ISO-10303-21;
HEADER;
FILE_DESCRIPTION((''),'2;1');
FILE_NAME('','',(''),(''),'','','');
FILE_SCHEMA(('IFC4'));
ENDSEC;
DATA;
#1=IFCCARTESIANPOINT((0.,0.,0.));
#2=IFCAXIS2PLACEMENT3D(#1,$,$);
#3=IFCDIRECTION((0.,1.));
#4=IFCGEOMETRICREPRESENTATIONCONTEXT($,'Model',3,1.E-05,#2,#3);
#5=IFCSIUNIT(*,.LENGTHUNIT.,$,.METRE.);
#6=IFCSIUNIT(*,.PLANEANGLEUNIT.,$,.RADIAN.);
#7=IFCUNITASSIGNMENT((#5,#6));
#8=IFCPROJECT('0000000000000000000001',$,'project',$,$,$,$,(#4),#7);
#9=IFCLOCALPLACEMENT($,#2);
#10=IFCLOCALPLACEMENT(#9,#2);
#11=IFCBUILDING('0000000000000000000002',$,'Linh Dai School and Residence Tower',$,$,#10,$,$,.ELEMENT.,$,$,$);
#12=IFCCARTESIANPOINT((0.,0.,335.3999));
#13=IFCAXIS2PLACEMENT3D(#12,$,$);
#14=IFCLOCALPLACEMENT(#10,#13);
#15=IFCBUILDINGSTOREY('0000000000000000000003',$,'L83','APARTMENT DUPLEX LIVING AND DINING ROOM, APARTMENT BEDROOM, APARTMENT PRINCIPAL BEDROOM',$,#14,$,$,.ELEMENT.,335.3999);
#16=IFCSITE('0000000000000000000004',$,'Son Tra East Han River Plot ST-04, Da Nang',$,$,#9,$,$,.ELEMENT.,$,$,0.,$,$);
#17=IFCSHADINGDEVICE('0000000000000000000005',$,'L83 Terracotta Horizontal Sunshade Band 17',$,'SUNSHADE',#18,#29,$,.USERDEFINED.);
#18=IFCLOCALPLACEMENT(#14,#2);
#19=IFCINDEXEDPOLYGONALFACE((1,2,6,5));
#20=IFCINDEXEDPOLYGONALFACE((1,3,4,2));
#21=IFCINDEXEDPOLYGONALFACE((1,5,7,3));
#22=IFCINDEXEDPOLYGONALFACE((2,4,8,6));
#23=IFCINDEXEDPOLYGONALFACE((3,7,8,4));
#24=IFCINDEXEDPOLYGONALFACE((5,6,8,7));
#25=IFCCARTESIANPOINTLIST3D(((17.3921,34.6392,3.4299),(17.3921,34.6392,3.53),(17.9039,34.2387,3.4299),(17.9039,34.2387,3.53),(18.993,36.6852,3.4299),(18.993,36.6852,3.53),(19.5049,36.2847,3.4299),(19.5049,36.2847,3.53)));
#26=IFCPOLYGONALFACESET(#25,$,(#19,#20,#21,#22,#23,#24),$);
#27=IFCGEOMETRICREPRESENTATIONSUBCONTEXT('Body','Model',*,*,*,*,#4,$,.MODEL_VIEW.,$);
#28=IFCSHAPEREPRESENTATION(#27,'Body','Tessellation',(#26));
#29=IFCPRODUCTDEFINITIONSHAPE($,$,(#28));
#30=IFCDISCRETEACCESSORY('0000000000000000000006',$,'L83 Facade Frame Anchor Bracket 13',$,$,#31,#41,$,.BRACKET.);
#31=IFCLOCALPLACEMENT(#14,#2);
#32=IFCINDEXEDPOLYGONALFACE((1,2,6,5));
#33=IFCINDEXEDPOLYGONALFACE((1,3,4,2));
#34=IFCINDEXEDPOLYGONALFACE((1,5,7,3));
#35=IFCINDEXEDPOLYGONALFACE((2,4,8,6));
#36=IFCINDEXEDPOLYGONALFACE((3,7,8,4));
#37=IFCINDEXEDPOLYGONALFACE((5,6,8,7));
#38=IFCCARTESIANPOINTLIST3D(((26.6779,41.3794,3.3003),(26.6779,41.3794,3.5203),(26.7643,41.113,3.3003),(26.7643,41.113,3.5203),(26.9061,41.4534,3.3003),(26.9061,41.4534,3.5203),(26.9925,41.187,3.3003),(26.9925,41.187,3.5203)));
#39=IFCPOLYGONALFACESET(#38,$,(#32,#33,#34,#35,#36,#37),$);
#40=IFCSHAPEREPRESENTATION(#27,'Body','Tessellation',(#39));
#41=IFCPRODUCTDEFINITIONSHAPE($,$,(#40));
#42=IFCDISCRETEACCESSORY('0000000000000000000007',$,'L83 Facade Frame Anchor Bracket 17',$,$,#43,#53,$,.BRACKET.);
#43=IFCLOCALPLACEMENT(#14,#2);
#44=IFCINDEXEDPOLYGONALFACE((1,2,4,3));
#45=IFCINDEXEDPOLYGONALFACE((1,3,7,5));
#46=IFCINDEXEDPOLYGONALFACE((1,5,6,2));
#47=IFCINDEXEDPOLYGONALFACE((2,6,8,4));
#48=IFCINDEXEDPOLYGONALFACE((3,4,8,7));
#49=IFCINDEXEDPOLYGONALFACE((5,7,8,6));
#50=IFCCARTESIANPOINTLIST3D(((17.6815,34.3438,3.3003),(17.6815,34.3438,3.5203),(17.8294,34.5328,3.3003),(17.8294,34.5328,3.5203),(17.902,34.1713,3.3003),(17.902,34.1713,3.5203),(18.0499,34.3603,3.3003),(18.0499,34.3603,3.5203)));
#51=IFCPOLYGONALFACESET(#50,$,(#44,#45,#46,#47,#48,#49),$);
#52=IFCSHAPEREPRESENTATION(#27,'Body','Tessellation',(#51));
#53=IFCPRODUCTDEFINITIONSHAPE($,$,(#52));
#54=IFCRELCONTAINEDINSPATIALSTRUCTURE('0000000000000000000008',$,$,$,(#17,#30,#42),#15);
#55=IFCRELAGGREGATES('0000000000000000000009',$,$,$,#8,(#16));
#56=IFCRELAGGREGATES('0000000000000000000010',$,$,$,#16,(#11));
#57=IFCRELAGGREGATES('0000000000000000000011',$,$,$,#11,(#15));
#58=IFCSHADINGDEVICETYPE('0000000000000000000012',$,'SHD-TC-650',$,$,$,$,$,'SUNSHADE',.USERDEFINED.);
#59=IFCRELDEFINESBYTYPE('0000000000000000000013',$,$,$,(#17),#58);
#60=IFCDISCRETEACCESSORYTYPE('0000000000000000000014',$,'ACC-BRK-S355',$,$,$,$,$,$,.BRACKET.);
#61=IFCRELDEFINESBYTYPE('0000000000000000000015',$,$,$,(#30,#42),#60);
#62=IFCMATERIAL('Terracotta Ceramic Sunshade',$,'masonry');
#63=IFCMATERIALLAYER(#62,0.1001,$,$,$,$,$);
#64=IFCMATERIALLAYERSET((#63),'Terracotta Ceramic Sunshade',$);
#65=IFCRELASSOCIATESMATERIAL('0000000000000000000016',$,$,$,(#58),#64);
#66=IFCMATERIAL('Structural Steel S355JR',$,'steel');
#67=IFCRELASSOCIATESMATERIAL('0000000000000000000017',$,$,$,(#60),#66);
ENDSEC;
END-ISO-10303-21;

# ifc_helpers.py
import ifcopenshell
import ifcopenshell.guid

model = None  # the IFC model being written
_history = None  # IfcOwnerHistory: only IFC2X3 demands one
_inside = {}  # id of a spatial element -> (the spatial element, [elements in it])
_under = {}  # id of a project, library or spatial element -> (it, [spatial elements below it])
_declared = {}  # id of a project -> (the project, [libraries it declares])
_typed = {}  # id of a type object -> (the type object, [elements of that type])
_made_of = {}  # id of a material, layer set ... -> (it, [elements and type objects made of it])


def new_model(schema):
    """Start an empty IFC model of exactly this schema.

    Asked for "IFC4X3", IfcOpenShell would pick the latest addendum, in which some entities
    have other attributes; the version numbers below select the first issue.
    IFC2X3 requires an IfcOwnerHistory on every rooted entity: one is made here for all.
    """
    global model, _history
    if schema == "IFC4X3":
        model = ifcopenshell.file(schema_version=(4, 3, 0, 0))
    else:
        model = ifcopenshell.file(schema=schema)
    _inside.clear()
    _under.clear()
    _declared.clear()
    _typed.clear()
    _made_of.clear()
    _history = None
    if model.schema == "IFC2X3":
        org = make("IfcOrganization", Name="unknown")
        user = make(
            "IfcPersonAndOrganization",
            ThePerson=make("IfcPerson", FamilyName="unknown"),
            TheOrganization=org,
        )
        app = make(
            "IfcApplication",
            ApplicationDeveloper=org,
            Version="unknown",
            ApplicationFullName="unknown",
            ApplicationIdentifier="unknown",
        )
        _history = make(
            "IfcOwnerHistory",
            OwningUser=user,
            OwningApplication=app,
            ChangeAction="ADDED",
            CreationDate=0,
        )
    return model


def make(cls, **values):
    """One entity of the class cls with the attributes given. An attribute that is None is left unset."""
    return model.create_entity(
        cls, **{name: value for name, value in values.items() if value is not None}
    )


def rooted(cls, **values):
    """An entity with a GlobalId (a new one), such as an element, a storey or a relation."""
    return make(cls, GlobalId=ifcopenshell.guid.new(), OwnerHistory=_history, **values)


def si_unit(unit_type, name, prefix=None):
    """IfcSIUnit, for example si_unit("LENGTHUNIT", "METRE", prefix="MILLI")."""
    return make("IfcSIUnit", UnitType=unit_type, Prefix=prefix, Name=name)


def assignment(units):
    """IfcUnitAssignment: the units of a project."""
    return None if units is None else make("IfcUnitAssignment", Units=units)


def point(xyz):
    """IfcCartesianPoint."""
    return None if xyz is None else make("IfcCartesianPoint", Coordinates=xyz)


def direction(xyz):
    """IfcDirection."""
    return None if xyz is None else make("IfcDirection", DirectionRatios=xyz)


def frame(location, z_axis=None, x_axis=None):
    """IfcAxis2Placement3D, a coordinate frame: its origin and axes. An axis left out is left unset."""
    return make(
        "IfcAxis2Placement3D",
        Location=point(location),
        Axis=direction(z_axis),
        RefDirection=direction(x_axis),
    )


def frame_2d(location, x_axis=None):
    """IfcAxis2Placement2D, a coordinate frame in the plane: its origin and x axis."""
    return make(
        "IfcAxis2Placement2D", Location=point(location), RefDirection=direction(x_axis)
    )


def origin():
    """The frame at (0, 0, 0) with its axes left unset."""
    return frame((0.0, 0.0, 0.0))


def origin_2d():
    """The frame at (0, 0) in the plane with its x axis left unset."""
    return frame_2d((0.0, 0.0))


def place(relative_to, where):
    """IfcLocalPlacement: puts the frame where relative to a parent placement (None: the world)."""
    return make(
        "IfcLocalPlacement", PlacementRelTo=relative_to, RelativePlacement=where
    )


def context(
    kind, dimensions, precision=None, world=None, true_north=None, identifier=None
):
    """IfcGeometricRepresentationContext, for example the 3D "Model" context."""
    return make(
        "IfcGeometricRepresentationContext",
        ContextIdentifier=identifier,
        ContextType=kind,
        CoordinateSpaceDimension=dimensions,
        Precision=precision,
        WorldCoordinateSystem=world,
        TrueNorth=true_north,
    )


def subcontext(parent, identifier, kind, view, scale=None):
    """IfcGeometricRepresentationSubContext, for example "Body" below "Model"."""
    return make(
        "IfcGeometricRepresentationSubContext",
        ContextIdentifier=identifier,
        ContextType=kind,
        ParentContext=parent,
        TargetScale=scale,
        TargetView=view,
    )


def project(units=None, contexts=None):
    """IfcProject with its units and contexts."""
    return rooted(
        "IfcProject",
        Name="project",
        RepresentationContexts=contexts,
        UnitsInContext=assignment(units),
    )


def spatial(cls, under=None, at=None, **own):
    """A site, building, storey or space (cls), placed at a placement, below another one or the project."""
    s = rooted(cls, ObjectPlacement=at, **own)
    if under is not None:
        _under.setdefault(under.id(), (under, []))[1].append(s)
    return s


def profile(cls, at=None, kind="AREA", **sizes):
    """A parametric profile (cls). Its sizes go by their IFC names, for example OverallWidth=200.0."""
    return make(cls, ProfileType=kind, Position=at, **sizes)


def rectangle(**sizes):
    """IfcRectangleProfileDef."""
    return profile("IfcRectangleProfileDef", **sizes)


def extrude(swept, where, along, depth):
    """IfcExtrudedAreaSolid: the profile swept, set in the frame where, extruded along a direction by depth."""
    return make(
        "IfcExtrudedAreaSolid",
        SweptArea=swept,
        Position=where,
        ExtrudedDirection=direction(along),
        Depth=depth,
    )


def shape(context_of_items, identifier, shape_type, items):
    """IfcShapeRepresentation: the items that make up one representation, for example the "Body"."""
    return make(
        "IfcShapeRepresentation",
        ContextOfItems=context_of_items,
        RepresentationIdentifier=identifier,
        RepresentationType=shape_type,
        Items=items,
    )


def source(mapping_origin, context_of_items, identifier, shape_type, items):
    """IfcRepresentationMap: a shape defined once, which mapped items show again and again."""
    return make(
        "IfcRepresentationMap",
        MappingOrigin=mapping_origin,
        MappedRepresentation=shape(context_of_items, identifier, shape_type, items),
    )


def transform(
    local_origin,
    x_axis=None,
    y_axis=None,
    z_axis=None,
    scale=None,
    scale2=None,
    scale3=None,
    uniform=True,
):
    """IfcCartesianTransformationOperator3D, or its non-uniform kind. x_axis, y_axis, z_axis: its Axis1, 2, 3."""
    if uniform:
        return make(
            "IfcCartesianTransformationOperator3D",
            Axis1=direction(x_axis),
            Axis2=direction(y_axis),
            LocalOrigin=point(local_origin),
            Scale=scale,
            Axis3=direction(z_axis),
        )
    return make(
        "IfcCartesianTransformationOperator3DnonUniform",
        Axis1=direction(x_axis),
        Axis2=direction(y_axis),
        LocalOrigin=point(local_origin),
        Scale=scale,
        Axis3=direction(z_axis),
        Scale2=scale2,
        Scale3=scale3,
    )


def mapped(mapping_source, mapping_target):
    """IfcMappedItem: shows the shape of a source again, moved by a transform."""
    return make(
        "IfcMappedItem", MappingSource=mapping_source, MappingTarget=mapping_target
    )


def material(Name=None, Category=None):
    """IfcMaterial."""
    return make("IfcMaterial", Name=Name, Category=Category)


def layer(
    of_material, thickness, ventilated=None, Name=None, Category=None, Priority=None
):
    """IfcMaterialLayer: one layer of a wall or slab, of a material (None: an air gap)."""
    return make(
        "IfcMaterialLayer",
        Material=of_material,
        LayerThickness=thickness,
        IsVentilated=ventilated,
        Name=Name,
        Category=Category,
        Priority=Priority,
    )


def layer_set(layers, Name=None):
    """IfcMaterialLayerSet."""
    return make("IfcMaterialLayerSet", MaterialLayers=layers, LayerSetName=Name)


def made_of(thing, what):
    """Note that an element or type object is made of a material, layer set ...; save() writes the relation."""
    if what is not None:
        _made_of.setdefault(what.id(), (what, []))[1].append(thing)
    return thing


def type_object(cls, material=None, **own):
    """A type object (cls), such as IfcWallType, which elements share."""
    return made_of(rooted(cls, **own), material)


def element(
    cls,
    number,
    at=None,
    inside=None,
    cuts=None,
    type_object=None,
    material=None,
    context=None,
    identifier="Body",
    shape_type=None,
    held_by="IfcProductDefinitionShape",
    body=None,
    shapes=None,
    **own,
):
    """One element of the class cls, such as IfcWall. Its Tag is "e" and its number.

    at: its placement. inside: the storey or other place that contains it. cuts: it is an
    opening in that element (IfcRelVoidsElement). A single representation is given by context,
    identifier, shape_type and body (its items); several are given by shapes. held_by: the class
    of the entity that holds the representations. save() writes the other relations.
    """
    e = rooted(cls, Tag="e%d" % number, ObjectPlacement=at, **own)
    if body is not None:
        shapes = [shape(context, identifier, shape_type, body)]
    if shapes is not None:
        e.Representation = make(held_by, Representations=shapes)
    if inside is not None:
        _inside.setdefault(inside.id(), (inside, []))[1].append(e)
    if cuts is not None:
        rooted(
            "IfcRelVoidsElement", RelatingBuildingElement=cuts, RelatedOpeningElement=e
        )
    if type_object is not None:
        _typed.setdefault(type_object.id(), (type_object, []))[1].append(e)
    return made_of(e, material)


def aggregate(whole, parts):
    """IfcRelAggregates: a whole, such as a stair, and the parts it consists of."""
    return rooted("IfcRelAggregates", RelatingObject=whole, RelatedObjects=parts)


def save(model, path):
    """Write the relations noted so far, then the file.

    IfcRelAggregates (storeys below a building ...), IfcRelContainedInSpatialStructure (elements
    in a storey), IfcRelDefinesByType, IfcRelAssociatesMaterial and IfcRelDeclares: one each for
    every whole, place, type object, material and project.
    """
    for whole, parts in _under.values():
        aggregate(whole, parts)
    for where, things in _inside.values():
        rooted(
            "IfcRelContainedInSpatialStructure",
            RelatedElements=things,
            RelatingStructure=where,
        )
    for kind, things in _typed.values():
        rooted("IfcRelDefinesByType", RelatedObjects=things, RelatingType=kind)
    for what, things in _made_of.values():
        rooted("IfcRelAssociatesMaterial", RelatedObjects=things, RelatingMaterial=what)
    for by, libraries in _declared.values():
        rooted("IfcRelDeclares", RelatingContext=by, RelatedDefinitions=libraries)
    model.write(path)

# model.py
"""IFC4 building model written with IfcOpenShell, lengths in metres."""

from ifc_helpers import new_model, si_unit, direction, frame, origin, origin_2d, place, context, subcontext, project, spatial, rectangle, extrude, source, transform, mapped, material, layer, layer_set, type_object, element, save


model = new_model("IFC4")

# Units and contexts
model_context = context("Model", 3, precision=1e-05, world=origin(), true_north=direction((0.0, 1.0)))
body_context = subcontext(model_context, "Body", "Model", "MODEL_VIEW")
ifc_project = project(units=[si_unit("LENGTHUNIT", "METRE"), si_unit("PLANEANGLEUNIT", "RADIAN")], contexts=[model_context])

# Site, building, storey
site_placement = place(None, origin())
site = spatial("IfcSite", under=ifc_project, at=site_placement, Name="Son Tra East Han River Plot ST-04, Da Nang", CompositionType="ELEMENT", RefElevation=0.0)
building_placement = place(site_placement, origin())
building = spatial("IfcBuilding", under=site, at=building_placement, Name="Linh Dai School and Residence Tower", CompositionType="ELEMENT")
storey_placement = place(building_placement, frame((0.0, 0.0, 335.3999)))
storey = spatial("IfcBuildingStorey", under=building, at=storey_placement, Name="L83", Description="APARTMENT DUPLEX LIVING AND DINING ROOM, APARTMENT BEDROOM, APARTMENT PRINCIPAL BEDROOM", CompositionType="ELEMENT", Elevation=335.3999)

# Shared definitions
ifc_material_1 = material(Name="Structural Steel S355JR", Category="steel")

# Shading device
ifc_material_2 = material(Name="Terracotta Ceramic Sunshade", Category="masonry")
ifc_layer_1 = layer(ifc_material_2, 0.1001)
ifc_layer_set_1 = layer_set([ifc_layer_1], Name="Terracotta Ceramic Sunshade")
shading_device_type = type_object("IfcShadingDeviceType", Name="SHD-TC-650", ElementType="SUNSHADE", PredefinedType="USERDEFINED", material=ifc_layer_set_1)
shared_shape_1 = source(origin(), body_context, "Body", "SweptSolid", [
    extrude(rectangle(XDim=2.5979, YDim=0.6499, at=origin_2d()), origin(), (0.0, 0.0, 1.0), 0.1001),
])
shading_device_placement = place(storey_placement, frame((18.4485, 35.4619, 3.4299), z_axis=(0.0, 0.0, 1.0), x_axis=(0.616247, 0.787553, 0.0)))
element("IfcShadingDevice", 1, at=shading_device_placement, inside=storey, type_object=shading_device_type, Name="L83 Terracotta Horizontal Sunshade Band 17", ObjectType="SUNSHADE", PredefinedType="USERDEFINED", context=body_context, shape_type="MappedRepresentation", body=[
    mapped(shared_shape_1, transform((0.0, 0.0, 0.0), x_axis=(1.0, 0.0, 0.0), y_axis=(0.0, 1.0, 0.0), z_axis=(0.0, 0.0, 1.0), scale=1.0)),
])

# Discrete accessories
discrete_accessory_type = type_object("IfcDiscreteAccessoryType", Name="ACC-BRK-S355", PredefinedType="BRACKET", material=ifc_material_1)
shared_shape_2 = source(origin(), body_context, "Body", "SweptSolid", [
    extrude(rectangle(XDim=0.28, YDim=0.24, at=origin_2d()), origin(), (0.0, 0.0, 1.0), 0.22),
])
for number, where, z_axis, x_axis, name in (
    (2, (26.8352, 41.2832, 3.3003), (0.0, 0.0, 1.0), (-0.308565, 0.951203, 0.0), "L83 Facade Frame Anchor Bracket 13"),
    (3, (17.8657, 34.3521, 3.3003), (0.0, 0.0, 1.0), (-0.787553, 0.616247, 0.0), "L83 Facade Frame Anchor Bracket 17"),
):
    element("IfcDiscreteAccessory", number, at=place(storey_placement, frame(where, z_axis=z_axis, x_axis=x_axis)), inside=storey, type_object=discrete_accessory_type, Name=name, PredefinedType="BRACKET", context=body_context, shape_type="MappedRepresentation", body=[
        mapped(shared_shape_2, transform((0.0, 0.0, 0.0), x_axis=(1.0, 0.0, 0.0), y_axis=(0.0, 1.0, 0.0), z_axis=(0.0, 0.0, 1.0), scale=1.0)),
    ])

save(model, "model.ifc")
